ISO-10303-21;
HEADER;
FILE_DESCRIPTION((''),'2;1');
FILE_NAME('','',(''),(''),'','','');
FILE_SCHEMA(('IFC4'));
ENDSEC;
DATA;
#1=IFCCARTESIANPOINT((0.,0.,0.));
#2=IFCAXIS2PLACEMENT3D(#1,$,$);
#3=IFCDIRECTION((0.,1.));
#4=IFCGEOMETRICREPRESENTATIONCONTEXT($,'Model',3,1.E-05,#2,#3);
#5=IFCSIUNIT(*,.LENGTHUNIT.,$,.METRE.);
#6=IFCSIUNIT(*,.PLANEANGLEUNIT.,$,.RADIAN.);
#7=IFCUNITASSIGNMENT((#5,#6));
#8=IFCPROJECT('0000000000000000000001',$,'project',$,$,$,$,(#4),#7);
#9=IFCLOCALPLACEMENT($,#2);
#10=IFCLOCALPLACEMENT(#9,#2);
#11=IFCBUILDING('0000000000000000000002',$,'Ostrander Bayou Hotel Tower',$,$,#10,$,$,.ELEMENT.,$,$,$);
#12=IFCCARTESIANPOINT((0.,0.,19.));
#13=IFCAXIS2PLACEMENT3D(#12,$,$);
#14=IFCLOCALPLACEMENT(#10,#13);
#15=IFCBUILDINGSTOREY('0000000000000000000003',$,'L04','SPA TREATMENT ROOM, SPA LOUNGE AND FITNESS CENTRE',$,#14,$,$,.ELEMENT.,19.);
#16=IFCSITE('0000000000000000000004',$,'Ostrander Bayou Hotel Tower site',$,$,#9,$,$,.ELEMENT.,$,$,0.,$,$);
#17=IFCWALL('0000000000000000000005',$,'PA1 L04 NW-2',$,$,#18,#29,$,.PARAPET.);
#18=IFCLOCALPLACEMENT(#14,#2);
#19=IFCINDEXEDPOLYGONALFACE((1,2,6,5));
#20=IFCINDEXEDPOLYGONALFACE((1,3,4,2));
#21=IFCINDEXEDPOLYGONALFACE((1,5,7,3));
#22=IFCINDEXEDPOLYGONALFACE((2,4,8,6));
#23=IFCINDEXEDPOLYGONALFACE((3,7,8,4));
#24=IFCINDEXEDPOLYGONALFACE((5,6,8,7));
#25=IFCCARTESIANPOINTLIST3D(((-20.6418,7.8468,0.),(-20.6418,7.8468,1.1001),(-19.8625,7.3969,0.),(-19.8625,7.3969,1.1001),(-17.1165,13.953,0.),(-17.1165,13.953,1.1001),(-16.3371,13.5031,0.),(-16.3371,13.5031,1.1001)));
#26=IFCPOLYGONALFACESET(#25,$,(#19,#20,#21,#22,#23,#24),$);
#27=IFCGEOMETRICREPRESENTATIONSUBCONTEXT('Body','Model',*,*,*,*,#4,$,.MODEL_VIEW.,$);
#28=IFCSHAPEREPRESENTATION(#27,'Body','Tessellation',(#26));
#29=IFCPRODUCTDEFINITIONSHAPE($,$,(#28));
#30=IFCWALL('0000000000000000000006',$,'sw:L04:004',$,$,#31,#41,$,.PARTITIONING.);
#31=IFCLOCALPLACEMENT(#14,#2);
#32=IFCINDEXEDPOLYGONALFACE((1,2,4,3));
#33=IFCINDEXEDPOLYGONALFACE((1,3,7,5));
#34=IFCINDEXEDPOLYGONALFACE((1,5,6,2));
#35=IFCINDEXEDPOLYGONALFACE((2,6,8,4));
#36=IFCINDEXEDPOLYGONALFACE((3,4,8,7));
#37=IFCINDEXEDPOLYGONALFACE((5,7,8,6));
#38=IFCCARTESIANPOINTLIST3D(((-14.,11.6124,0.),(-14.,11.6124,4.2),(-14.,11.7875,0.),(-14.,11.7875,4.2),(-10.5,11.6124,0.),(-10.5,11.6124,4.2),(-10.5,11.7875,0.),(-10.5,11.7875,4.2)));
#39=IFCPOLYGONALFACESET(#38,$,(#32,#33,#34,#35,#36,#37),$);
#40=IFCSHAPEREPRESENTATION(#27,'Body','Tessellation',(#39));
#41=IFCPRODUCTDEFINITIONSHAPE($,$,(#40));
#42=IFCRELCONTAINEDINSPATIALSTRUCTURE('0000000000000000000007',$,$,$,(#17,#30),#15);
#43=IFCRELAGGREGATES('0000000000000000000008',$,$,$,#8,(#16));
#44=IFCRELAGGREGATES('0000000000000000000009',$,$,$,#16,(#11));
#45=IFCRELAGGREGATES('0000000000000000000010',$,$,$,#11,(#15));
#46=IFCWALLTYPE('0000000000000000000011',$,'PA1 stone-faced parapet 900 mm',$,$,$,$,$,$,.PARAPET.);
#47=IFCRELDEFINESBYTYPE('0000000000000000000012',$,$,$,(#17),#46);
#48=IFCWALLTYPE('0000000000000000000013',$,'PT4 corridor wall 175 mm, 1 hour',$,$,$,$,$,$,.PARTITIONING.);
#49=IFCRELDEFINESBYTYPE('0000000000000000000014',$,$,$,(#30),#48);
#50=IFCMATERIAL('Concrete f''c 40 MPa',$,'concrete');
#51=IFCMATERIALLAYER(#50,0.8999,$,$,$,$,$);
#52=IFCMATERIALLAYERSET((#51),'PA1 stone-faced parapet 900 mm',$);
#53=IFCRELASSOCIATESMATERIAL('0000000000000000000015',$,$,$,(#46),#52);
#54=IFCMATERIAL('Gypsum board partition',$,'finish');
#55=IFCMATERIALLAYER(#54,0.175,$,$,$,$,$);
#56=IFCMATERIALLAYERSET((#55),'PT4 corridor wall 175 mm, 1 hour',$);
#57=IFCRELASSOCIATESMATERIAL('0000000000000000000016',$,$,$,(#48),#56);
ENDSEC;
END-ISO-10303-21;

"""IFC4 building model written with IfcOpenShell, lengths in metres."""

from ifc_helpers import new_model, si_unit, direction, frame, frame_2d, origin, place, context, subcontext, project, spatial, rectangle, extrude, material, layer, layer_set, type_object, element, save


model = new_model("IFC4")

# Units and contexts
model_context = context("Model", 3, precision=1e-05, world=origin(), true_north=direction((0.0, 1.0)))
body_context = subcontext(model_context, "Body", "Model", "MODEL_VIEW")
ifc_project = project(units=[si_unit("LENGTHUNIT", "METRE"), si_unit("PLANEANGLEUNIT", "RADIAN")], contexts=[model_context])

# Site, building, storey
site_placement = place(None, origin())
site = spatial("IfcSite", under=ifc_project, at=site_placement, Name="Ostrander Bayou Hotel Tower site", CompositionType="ELEMENT", RefElevation=0.0)
building_placement = place(site_placement, origin())
building = spatial("IfcBuilding", under=site, at=building_placement, Name="Ostrander Bayou Hotel Tower", CompositionType="ELEMENT")
storey_placement = place(building_placement, frame((0.0, 0.0, 19.0)))
storey = spatial("IfcBuildingStorey", under=building, at=storey_placement, Name="L04", Description="SPA TREATMENT ROOM, SPA LOUNGE AND FITNESS CENTRE", CompositionType="ELEMENT", Elevation=19.0)

# Walls
ifc_material_1 = material(Name="Concrete f'c 40 MPa", Category="concrete")
ifc_layer_1 = layer(ifc_material_1, 0.8999)
ifc_layer_set_1 = layer_set([ifc_layer_1], Name="PA1 stone-faced parapet 900 mm")
wall_type_1 = type_object("IfcWallType", Name="PA1 stone-faced parapet 900 mm", PredefinedType="PARAPET", material=ifc_layer_set_1)
wall_1_placement = place(storey_placement, frame((-16.7268, 13.728, 0.0), z_axis=(0.0, 0.0, 1.0), x_axis=(-0.499997, -0.866027, 0.0)))
element("IfcWall", 1, at=wall_1_placement, inside=storey, type_object=wall_type_1, Name="PA1 L04 NW-2", PredefinedType="PARAPET", context=body_context, shape_type="SweptSolid", body=[
    extrude(rectangle(XDim=7.0508, YDim=0.8999, at=frame_2d((3.5254, 0.0))), origin(), (0.0, 0.0, 1.0), 1.1001),
])
ifc_material_2 = material(Name="Gypsum board partition", Category="finish")
ifc_layer_2 = layer(ifc_material_2, 0.175)
ifc_layer_set_2 = layer_set([ifc_layer_2], Name="PT4 corridor wall 175 mm, 1 hour")
wall_type_2 = type_object("IfcWallType", Name="PT4 corridor wall 175 mm, 1 hour", PredefinedType="PARTITIONING", material=ifc_layer_set_2)
wall_2_placement = place(storey_placement, frame((-14.0, 11.7, 0.0), z_axis=(0.0, 0.0, 1.0), x_axis=(1.0, 0.0, 0.0)))
element("IfcWall", 2, at=wall_2_placement, inside=storey, type_object=wall_type_2, Name="sw:L04:004", PredefinedType="PARTITIONING", context=body_context, shape_type="SweptSolid", body=[
    extrude(rectangle(XDim=3.5, YDim=0.175, at=frame_2d((1.75, 0.0))), origin(), (0.0, 0.0, 1.0), 4.2),
])

save(model, "model.ifc")
